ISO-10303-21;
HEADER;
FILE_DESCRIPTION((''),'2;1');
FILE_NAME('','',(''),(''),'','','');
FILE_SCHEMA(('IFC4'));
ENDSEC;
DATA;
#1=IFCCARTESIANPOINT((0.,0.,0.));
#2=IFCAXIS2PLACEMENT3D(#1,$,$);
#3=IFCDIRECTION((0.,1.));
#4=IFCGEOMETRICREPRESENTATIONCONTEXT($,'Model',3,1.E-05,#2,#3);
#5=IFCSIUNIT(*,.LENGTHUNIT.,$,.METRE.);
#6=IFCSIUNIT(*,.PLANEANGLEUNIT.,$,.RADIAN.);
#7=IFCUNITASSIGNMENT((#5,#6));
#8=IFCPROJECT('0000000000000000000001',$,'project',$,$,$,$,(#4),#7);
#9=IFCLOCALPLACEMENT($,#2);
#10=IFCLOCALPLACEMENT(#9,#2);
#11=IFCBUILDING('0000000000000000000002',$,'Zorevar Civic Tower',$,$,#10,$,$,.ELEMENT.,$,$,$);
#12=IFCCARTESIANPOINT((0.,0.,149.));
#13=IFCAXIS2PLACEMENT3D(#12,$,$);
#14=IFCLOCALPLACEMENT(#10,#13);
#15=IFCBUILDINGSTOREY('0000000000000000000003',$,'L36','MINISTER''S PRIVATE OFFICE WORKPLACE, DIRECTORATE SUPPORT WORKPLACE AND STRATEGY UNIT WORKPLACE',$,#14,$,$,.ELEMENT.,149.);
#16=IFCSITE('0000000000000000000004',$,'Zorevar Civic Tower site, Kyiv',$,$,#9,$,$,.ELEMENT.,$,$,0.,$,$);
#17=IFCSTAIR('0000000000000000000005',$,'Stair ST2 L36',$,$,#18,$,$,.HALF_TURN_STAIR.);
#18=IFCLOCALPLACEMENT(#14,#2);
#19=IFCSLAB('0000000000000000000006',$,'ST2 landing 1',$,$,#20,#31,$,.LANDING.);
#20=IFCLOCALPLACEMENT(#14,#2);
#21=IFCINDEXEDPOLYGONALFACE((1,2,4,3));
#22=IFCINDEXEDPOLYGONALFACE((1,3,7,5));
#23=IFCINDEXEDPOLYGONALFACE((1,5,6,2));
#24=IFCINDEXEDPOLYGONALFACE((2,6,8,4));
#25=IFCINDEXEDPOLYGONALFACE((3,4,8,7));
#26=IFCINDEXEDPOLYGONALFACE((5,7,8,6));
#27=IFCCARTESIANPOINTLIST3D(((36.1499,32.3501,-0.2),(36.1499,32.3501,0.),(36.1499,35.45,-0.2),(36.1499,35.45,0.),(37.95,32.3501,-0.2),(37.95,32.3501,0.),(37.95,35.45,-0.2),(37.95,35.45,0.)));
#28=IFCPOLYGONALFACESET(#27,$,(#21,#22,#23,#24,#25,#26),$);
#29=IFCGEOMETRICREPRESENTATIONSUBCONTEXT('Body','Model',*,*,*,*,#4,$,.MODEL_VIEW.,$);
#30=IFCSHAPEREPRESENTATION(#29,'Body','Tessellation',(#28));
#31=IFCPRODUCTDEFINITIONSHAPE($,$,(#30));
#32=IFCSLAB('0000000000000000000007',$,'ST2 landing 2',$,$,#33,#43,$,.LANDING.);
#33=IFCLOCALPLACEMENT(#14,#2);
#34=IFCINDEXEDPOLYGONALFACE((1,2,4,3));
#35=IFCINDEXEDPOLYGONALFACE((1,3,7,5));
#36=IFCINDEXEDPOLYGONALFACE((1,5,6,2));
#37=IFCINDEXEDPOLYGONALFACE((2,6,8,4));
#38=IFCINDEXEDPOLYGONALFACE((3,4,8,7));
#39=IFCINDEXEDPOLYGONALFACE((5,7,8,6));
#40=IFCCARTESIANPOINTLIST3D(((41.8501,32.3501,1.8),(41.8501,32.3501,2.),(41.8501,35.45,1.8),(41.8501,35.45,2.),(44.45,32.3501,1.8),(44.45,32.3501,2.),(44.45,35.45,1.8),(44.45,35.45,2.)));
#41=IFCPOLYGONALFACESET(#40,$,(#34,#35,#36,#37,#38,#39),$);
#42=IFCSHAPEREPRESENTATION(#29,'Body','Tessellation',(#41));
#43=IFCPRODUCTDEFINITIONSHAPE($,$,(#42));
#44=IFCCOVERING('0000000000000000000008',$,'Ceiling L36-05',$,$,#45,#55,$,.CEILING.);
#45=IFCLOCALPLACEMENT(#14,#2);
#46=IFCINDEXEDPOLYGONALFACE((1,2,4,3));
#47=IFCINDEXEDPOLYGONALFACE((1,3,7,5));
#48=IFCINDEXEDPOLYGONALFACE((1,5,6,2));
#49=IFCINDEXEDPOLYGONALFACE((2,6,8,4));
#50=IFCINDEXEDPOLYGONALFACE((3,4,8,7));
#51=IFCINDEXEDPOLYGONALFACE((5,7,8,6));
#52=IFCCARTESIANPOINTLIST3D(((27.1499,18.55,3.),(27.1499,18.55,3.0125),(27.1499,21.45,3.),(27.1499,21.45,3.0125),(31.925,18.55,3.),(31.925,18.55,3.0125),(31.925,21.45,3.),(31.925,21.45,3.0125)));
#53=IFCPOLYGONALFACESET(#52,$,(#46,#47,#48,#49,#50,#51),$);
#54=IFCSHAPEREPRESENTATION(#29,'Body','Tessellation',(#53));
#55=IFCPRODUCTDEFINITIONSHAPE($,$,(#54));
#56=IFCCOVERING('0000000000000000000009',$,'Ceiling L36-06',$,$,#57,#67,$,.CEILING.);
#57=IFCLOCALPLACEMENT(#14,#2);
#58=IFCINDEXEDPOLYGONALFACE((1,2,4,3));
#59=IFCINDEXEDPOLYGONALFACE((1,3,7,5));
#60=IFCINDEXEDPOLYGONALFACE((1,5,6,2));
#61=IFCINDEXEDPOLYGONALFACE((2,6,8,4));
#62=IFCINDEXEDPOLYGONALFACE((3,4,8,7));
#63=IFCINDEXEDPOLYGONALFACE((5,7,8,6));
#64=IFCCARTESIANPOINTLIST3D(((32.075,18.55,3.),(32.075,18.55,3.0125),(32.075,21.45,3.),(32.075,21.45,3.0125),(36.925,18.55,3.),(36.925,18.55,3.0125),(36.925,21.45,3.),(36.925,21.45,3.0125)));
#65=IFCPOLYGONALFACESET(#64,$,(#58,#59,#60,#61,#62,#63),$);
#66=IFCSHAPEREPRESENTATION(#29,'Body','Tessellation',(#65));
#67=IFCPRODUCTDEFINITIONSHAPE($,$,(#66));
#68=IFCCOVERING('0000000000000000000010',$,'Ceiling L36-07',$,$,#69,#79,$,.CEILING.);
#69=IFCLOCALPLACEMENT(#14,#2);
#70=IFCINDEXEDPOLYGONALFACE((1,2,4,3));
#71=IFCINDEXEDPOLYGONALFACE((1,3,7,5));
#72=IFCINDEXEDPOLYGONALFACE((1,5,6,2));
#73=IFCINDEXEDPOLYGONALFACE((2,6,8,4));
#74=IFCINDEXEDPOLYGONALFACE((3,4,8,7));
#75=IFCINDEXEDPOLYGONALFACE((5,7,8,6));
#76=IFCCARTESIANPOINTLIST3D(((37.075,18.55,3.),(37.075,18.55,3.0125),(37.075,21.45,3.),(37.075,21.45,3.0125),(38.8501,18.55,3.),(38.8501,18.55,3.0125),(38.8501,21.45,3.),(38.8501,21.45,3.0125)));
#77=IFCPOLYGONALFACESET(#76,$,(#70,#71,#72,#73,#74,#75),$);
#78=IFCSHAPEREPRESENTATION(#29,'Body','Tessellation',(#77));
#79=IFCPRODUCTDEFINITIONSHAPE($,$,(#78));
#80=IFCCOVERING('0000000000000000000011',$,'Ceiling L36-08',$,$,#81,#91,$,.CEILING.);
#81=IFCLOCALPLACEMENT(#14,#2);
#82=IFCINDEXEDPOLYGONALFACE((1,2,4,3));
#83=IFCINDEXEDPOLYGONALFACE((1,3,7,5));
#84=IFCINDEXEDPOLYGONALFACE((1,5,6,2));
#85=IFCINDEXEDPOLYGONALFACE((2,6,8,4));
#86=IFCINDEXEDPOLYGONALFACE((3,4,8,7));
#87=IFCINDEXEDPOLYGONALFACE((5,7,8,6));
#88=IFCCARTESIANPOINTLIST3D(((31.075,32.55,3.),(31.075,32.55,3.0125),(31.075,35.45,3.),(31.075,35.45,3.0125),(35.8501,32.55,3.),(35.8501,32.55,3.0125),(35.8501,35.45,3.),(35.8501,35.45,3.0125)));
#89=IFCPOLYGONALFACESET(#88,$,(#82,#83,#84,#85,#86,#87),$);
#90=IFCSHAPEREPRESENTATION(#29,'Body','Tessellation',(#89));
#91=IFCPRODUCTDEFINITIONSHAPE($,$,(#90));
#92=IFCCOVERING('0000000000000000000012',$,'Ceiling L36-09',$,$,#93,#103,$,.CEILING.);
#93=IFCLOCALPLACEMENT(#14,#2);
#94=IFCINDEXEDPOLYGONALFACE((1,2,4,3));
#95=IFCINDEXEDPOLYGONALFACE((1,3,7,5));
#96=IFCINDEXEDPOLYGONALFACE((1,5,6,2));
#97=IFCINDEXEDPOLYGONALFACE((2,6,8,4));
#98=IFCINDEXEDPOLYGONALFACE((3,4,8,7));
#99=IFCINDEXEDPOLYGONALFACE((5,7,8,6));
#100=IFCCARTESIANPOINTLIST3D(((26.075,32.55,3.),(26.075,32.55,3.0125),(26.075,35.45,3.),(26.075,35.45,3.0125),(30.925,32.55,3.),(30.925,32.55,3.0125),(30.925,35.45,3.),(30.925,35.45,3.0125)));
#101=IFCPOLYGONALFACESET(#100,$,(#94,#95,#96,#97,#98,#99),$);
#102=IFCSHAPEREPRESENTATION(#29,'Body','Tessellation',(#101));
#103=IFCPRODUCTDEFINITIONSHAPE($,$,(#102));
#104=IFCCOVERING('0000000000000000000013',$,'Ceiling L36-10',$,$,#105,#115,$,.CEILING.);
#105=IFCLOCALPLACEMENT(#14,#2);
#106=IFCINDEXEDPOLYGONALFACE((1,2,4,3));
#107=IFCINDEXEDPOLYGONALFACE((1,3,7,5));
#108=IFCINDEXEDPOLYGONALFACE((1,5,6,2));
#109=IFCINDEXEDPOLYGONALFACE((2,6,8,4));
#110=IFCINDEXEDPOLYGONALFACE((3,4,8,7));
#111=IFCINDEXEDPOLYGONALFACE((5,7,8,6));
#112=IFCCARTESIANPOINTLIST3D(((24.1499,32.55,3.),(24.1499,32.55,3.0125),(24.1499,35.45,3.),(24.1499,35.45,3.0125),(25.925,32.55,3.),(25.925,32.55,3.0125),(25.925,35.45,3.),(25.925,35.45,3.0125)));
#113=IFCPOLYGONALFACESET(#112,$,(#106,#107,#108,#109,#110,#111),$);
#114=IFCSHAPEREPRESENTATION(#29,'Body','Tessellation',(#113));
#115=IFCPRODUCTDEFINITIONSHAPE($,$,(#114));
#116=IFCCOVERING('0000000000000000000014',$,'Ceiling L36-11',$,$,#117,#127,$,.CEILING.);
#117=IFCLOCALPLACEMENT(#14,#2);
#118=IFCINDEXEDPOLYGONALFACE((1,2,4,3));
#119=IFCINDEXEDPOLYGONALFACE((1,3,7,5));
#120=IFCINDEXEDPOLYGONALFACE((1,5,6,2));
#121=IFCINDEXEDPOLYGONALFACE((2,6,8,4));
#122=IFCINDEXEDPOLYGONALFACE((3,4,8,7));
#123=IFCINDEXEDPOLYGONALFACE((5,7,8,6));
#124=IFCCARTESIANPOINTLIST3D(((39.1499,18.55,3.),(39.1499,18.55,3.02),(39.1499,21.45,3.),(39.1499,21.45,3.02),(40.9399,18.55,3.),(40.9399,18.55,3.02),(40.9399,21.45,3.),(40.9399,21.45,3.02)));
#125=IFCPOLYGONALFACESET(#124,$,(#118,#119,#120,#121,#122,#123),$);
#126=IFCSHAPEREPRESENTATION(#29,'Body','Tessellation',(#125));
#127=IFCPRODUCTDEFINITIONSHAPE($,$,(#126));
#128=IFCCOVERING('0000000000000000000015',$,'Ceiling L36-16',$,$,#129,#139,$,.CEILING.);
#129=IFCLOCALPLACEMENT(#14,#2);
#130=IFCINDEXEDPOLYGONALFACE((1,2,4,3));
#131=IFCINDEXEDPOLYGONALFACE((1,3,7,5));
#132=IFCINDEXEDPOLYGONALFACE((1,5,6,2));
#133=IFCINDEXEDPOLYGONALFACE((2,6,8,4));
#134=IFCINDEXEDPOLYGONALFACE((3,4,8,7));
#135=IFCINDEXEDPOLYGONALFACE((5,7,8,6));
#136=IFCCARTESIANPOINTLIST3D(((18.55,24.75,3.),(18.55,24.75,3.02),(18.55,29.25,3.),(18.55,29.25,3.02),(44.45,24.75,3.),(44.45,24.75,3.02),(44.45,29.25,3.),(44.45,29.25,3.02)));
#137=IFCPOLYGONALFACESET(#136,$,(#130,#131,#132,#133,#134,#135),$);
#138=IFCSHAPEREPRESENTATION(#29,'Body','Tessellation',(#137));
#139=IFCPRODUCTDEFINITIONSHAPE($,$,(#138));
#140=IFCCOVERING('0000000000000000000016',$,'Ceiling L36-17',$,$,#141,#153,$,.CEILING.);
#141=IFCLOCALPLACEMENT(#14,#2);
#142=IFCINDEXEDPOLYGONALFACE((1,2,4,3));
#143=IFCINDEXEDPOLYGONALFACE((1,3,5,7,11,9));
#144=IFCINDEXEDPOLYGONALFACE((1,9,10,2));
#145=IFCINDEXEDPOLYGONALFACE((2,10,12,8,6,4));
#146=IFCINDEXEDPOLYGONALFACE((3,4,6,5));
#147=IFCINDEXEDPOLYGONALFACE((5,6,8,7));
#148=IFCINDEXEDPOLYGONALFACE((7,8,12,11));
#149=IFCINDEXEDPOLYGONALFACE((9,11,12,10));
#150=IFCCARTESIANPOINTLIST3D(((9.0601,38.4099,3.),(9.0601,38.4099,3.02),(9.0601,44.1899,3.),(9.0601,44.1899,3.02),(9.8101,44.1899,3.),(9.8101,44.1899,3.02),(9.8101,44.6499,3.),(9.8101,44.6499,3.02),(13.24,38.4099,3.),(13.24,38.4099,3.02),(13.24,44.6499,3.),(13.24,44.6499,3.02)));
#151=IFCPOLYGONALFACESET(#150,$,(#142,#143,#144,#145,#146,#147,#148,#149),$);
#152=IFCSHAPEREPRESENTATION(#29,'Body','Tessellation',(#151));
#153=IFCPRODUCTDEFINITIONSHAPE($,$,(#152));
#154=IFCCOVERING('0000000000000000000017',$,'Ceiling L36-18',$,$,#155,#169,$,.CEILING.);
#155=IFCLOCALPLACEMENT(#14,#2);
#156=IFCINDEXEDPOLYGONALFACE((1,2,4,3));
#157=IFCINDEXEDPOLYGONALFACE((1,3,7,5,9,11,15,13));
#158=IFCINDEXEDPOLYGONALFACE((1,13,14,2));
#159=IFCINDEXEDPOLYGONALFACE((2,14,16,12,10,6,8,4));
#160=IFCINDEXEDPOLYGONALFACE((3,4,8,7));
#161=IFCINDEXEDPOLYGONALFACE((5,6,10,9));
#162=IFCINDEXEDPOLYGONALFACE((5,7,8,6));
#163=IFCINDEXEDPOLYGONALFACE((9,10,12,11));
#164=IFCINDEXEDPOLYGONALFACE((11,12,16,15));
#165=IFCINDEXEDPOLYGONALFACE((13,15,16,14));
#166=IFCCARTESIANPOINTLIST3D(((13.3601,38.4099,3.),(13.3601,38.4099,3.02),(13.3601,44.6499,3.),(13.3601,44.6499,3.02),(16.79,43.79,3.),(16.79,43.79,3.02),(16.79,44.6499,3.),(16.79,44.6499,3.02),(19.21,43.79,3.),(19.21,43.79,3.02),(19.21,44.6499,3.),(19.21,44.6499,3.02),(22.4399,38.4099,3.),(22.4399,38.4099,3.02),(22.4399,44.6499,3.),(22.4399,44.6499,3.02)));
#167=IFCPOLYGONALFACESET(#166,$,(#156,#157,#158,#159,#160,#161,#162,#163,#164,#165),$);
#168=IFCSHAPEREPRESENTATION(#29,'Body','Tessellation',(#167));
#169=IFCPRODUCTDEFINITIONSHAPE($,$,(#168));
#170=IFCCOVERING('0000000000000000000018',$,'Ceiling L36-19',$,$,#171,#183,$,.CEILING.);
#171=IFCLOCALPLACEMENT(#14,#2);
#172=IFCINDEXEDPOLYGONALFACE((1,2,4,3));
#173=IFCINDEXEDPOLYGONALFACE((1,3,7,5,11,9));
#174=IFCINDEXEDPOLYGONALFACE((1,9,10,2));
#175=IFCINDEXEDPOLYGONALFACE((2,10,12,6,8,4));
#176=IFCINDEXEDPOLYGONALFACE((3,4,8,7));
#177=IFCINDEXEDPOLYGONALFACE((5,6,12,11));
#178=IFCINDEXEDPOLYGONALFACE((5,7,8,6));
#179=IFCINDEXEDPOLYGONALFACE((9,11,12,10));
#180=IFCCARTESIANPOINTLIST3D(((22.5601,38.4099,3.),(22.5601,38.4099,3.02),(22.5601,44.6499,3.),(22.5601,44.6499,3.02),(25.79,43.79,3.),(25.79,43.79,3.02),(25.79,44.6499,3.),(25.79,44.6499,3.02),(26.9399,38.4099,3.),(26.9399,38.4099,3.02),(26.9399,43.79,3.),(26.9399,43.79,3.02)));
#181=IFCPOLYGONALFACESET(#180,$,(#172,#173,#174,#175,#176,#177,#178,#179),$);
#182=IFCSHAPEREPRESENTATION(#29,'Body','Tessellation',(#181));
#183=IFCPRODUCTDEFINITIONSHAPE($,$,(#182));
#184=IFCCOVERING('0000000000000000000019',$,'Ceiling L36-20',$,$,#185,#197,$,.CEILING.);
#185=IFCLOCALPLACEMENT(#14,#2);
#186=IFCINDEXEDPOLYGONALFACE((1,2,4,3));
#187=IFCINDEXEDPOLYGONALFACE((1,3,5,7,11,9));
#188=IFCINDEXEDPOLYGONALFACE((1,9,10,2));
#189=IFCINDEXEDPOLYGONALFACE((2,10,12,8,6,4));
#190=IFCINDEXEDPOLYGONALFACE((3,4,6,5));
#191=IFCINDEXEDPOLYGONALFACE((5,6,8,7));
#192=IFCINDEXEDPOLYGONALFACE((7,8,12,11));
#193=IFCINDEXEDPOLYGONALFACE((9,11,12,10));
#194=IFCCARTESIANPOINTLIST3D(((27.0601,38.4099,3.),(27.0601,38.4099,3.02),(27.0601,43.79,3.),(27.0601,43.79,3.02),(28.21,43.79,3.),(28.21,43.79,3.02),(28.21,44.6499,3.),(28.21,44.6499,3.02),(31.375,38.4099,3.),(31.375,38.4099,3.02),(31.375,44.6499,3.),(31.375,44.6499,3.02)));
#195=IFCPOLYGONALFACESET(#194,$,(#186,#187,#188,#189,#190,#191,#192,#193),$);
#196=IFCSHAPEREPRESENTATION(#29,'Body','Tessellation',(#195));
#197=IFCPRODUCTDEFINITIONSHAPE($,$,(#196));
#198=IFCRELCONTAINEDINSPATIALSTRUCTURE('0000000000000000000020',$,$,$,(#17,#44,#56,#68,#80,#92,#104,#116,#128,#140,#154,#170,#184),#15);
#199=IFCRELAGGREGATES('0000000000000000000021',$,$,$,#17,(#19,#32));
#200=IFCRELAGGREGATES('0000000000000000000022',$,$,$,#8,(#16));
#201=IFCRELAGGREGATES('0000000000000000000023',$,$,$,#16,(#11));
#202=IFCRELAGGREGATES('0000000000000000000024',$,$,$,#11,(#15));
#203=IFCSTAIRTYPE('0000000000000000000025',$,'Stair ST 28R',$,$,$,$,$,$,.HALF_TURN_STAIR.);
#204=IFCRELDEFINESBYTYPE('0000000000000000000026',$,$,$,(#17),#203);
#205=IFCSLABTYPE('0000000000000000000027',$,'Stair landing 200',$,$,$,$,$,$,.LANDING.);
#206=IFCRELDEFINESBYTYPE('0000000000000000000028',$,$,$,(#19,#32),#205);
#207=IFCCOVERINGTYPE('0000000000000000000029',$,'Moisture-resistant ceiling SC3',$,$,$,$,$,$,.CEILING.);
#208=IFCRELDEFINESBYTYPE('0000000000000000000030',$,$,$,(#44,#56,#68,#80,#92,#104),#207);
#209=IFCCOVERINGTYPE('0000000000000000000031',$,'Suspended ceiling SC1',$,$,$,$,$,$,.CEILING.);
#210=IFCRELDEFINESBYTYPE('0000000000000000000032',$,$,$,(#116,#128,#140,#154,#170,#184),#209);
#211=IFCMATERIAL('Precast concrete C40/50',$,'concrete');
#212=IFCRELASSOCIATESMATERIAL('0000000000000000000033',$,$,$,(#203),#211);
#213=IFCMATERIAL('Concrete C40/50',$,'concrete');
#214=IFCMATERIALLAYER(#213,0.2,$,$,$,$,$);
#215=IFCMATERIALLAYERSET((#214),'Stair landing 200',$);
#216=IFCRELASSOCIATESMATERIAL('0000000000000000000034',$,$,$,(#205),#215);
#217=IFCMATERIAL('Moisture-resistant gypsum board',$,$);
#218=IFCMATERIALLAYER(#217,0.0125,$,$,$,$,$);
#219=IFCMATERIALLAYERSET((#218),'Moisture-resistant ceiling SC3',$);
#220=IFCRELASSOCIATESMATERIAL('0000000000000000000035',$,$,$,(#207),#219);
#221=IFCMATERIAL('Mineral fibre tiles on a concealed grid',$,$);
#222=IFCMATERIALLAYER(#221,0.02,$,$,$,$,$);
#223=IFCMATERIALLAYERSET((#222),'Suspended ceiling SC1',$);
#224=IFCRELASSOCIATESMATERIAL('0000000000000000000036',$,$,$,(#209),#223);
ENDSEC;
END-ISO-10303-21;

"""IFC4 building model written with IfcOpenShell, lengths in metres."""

from ifc_helpers import new_model, si_unit, direction, frame, origin, place, context, subcontext, project, spatial, polyline, outline, extrude, material, layer, layer_set, type_object, element, aggregate, save


model = new_model("IFC4")

# Units and contexts
model_context = context("Model", 3, precision=1e-05, world=origin(), true_north=direction((0.0, 1.0)))
body_context = subcontext(model_context, "Body", "Model", "MODEL_VIEW")
ifc_project = project(units=[si_unit("LENGTHUNIT", "METRE"), si_unit("PLANEANGLEUNIT", "RADIAN")], contexts=[model_context])

# Site, building, storey
site_placement = place(None, origin())
site = spatial("IfcSite", under=ifc_project, at=site_placement, Name="Zorevar Civic Tower site, Kyiv", CompositionType="ELEMENT", RefElevation=0.0)
building_placement = place(site_placement, origin())
building = spatial("IfcBuilding", under=site, at=building_placement, Name="Zorevar Civic Tower", CompositionType="ELEMENT")
storey_placement = place(building_placement, frame((0.0, 0.0, 149.0)))
storey = spatial("IfcBuildingStorey", under=building, at=storey_placement, Name="L36", Description="MINISTER'S PRIVATE OFFICE WORKPLACE, DIRECTORATE SUPPORT WORKPLACE AND STRATEGY UNIT WORKPLACE", CompositionType="ELEMENT", Elevation=149.0)

# Stair, slabs
ifc_material_1 = material(Name="Precast concrete C40/50", Category="concrete")
stair_type = type_object("IfcStairType", Name="Stair ST 28R", PredefinedType="HALF_TURN_STAIR", material=ifc_material_1)
ifc_material_2 = material(Name="Concrete C40/50", Category="concrete")
ifc_layer_1 = layer(ifc_material_2, 0.2)
ifc_layer_set_1 = layer_set([ifc_layer_1], Name="Stair landing 200")
slab_type_1 = type_object("IfcSlabType", Name="Stair landing 200", PredefinedType="LANDING", material=ifc_layer_set_1)
stair_1_placement = place(storey_placement, origin())
stair_1 = element("IfcStair", 1, at=stair_1_placement, inside=storey, type_object=stair_type, Name="Stair ST2 L36", PredefinedType="HALF_TURN_STAIR")
slab_1_placement = place(storey_placement, frame((0.0, 0.0, -0.2)))
slab_1 = element("IfcSlab", 2, at=slab_1_placement, type_object=slab_type_1, Name="ST2 landing 1", PredefinedType="LANDING", context=body_context, shape_type="SweptSolid", body=[
    extrude(outline(polyline([(37.95, 32.3501), (36.1499, 32.3501), (36.1499, 35.45), (37.95, 35.45), (37.95, 32.3501)])), origin(), (0.0, 0.0, 1.0), 0.2),
])
slab_2_placement = place(storey_placement, frame((0.0, 0.0, 1.8)))
slab_2 = element("IfcSlab", 3, at=slab_2_placement, type_object=slab_type_1, Name="ST2 landing 2", PredefinedType="LANDING", context=body_context, shape_type="SweptSolid", body=[
    extrude(outline(polyline([(44.45, 32.3501), (41.8501, 32.3501), (41.8501, 35.45), (44.45, 35.45), (44.45, 32.3501)])), origin(), (0.0, 0.0, 1.0), 0.2),
])
aggregate(stair_1, [slab_1, slab_2])

# Coverings
ifc_material_3 = material(Name="Moisture-resistant gypsum board")
ifc_layer_2 = layer(ifc_material_3, 0.0125)
ifc_layer_set_2 = layer_set([ifc_layer_2], Name="Moisture-resistant ceiling SC3")
covering_type_1 = type_object("IfcCoveringType", Name="Moisture-resistant ceiling SC3", PredefinedType="CEILING", material=ifc_layer_set_2)
covering_1_placement = place(storey_placement, frame((0.0, 0.0, 3.0)))
element("IfcCovering", 4, at=covering_1_placement, inside=storey, type_object=covering_type_1, Name="Ceiling L36-05", PredefinedType="CEILING", context=body_context, shape_type="SweptSolid", body=[
    extrude(outline(polyline([(31.925, 18.55), (31.925, 21.45), (27.1499, 21.45), (27.1499, 18.55), (31.925, 18.55)])), origin(), (0.0, 0.0, 1.0), 0.0125),
])
covering_2_placement = place(storey_placement, frame((0.0, 0.0, 3.0)))
element("IfcCovering", 5, at=covering_2_placement, inside=storey, type_object=covering_type_1, Name="Ceiling L36-06", PredefinedType="CEILING", context=body_context, shape_type="SweptSolid", body=[
    extrude(outline(polyline([(36.925, 18.55), (36.925, 21.45), (32.075, 21.45), (32.075, 18.55), (36.925, 18.55)])), origin(), (0.0, 0.0, 1.0), 0.0125),
])
covering_3_placement = place(storey_placement, frame((0.0, 0.0, 3.0)))
element("IfcCovering", 6, at=covering_3_placement, inside=storey, type_object=covering_type_1, Name="Ceiling L36-07", PredefinedType="CEILING", context=body_context, shape_type="SweptSolid", body=[
    extrude(outline(polyline([(38.8501, 18.55), (38.8501, 21.45), (37.075, 21.45), (37.075, 18.55), (38.8501, 18.55)])), origin(), (0.0, 0.0, 1.0), 0.0125),
])
covering_4_placement = place(storey_placement, frame((0.0, 0.0, 3.0)))
element("IfcCovering", 7, at=covering_4_placement, inside=storey, type_object=covering_type_1, Name="Ceiling L36-08", PredefinedType="CEILING", context=body_context, shape_type="SweptSolid", body=[
    extrude(outline(polyline([(35.8501, 32.55), (35.8501, 35.45), (31.075, 35.45), (31.075, 32.55), (35.8501, 32.55)])), origin(), (0.0, 0.0, 1.0), 0.0125),
])
covering_5_placement = place(storey_placement, frame((0.0, 0.0, 3.0)))
element("IfcCovering", 8, at=covering_5_placement, inside=storey, type_object=covering_type_1, Name="Ceiling L36-09", PredefinedType="CEILING", context=body_context, shape_type="SweptSolid", body=[
    extrude(outline(polyline([(30.925, 32.55), (30.925, 35.45), (26.075, 35.45), (26.075, 32.55), (30.925, 32.55)])), origin(), (0.0, 0.0, 1.0), 0.0125),
])
covering_6_placement = place(storey_placement, frame((0.0, 0.0, 3.0)))
element("IfcCovering", 9, at=covering_6_placement, inside=storey, type_object=covering_type_1, Name="Ceiling L36-10", PredefinedType="CEILING", context=body_context, shape_type="SweptSolid", body=[
    extrude(outline(polyline([(25.925, 32.55), (25.925, 35.45), (24.1499, 35.45), (24.1499, 32.55), (25.925, 32.55)])), origin(), (0.0, 0.0, 1.0), 0.0125),
])
ifc_material_4 = material(Name="Mineral fibre tiles on a concealed grid")
ifc_layer_3 = layer(ifc_material_4, 0.02)
ifc_layer_set_3 = layer_set([ifc_layer_3], Name="Suspended ceiling SC1")
covering_type_2 = type_object("IfcCoveringType", Name="Suspended ceiling SC1", PredefinedType="CEILING", material=ifc_layer_set_3)
covering_7_placement = place(storey_placement, frame((0.0, 0.0, 3.0)))
element("IfcCovering", 10, at=covering_7_placement, inside=storey, type_object=covering_type_2, Name="Ceiling L36-11", PredefinedType="CEILING", context=body_context, shape_type="SweptSolid", body=[
    extrude(outline(polyline([(40.9399, 18.55), (40.9399, 21.45), (39.1499, 21.45), (39.1499, 18.55), (40.9399, 18.55)])), origin(), (0.0, 0.0, 1.0), 0.02),
])
covering_8_placement = place(storey_placement, frame((0.0, 0.0, 3.0)))
element("IfcCovering", 11, at=covering_8_placement, inside=storey, type_object=covering_type_2, Name="Ceiling L36-16", PredefinedType="CEILING", context=body_context, shape_type="SweptSolid", body=[
    extrude(outline(polyline([(44.45, 24.75), (44.45, 29.25), (18.55, 29.25), (18.55, 24.75), (44.45, 24.75)])), origin(), (0.0, 0.0, 1.0), 0.02),
])
covering_9_placement = place(storey_placement, frame((0.0, 0.0, 3.0)))
element("IfcCovering", 12, at=covering_9_placement, inside=storey, type_object=covering_type_2, Name="Ceiling L36-17", PredefinedType="CEILING", context=body_context, shape_type="SweptSolid", body=[
    extrude(outline(polyline([(9.0601, 38.4099), (9.0601, 44.1899), (9.8101, 44.1899), (9.8101, 44.6499), (13.24, 44.6499), (13.24, 38.4099), (9.0601, 38.4099)])), origin(), (0.0, 0.0, 1.0), 0.02),
])
covering_10_placement = place(storey_placement, frame((0.0, 0.0, 3.0)))
element("IfcCovering", 13, at=covering_10_placement, inside=storey, type_object=covering_type_2, Name="Ceiling L36-18", PredefinedType="CEILING", context=body_context, shape_type="SweptSolid", body=[
    extrude(outline(polyline([(13.3601, 38.4099), (13.3601, 44.6499), (16.79, 44.6499), (16.79, 43.79), (19.21, 43.79), (19.21, 44.6499), (22.4399, 44.6499), (22.4399, 38.4099), (13.3601, 38.4099)])), origin(), (0.0, 0.0, 1.0), 0.02),
])
covering_11_placement = place(storey_placement, frame((0.0, 0.0, 3.0)))
element("IfcCovering", 14, at=covering_11_placement, inside=storey, type_object=covering_type_2, Name="Ceiling L36-19", PredefinedType="CEILING", context=body_context, shape_type="SweptSolid", body=[
    extrude(outline(polyline([(22.5601, 38.4099), (22.5601, 44.6499), (25.79, 44.6499), (25.79, 43.79), (26.9399, 43.79), (26.9399, 38.4099), (22.5601, 38.4099)])), origin(), (0.0, 0.0, 1.0), 0.02),
])
covering_12_placement = place(storey_placement, frame((0.0, 0.0, 3.0)))
element("IfcCovering", 15, at=covering_12_placement, inside=storey, type_object=covering_type_2, Name="Ceiling L36-20", PredefinedType="CEILING", context=body_context, shape_type="SweptSolid", body=[
    extrude(outline(polyline([(27.0601, 38.4099), (27.0601, 43.79), (28.21, 43.79), (28.21, 44.6499), (31.375, 44.6499), (31.375, 38.4099), (27.0601, 38.4099)])), origin(), (0.0, 0.0, 1.0), 0.02),
])

save(model, "model.ifc")
